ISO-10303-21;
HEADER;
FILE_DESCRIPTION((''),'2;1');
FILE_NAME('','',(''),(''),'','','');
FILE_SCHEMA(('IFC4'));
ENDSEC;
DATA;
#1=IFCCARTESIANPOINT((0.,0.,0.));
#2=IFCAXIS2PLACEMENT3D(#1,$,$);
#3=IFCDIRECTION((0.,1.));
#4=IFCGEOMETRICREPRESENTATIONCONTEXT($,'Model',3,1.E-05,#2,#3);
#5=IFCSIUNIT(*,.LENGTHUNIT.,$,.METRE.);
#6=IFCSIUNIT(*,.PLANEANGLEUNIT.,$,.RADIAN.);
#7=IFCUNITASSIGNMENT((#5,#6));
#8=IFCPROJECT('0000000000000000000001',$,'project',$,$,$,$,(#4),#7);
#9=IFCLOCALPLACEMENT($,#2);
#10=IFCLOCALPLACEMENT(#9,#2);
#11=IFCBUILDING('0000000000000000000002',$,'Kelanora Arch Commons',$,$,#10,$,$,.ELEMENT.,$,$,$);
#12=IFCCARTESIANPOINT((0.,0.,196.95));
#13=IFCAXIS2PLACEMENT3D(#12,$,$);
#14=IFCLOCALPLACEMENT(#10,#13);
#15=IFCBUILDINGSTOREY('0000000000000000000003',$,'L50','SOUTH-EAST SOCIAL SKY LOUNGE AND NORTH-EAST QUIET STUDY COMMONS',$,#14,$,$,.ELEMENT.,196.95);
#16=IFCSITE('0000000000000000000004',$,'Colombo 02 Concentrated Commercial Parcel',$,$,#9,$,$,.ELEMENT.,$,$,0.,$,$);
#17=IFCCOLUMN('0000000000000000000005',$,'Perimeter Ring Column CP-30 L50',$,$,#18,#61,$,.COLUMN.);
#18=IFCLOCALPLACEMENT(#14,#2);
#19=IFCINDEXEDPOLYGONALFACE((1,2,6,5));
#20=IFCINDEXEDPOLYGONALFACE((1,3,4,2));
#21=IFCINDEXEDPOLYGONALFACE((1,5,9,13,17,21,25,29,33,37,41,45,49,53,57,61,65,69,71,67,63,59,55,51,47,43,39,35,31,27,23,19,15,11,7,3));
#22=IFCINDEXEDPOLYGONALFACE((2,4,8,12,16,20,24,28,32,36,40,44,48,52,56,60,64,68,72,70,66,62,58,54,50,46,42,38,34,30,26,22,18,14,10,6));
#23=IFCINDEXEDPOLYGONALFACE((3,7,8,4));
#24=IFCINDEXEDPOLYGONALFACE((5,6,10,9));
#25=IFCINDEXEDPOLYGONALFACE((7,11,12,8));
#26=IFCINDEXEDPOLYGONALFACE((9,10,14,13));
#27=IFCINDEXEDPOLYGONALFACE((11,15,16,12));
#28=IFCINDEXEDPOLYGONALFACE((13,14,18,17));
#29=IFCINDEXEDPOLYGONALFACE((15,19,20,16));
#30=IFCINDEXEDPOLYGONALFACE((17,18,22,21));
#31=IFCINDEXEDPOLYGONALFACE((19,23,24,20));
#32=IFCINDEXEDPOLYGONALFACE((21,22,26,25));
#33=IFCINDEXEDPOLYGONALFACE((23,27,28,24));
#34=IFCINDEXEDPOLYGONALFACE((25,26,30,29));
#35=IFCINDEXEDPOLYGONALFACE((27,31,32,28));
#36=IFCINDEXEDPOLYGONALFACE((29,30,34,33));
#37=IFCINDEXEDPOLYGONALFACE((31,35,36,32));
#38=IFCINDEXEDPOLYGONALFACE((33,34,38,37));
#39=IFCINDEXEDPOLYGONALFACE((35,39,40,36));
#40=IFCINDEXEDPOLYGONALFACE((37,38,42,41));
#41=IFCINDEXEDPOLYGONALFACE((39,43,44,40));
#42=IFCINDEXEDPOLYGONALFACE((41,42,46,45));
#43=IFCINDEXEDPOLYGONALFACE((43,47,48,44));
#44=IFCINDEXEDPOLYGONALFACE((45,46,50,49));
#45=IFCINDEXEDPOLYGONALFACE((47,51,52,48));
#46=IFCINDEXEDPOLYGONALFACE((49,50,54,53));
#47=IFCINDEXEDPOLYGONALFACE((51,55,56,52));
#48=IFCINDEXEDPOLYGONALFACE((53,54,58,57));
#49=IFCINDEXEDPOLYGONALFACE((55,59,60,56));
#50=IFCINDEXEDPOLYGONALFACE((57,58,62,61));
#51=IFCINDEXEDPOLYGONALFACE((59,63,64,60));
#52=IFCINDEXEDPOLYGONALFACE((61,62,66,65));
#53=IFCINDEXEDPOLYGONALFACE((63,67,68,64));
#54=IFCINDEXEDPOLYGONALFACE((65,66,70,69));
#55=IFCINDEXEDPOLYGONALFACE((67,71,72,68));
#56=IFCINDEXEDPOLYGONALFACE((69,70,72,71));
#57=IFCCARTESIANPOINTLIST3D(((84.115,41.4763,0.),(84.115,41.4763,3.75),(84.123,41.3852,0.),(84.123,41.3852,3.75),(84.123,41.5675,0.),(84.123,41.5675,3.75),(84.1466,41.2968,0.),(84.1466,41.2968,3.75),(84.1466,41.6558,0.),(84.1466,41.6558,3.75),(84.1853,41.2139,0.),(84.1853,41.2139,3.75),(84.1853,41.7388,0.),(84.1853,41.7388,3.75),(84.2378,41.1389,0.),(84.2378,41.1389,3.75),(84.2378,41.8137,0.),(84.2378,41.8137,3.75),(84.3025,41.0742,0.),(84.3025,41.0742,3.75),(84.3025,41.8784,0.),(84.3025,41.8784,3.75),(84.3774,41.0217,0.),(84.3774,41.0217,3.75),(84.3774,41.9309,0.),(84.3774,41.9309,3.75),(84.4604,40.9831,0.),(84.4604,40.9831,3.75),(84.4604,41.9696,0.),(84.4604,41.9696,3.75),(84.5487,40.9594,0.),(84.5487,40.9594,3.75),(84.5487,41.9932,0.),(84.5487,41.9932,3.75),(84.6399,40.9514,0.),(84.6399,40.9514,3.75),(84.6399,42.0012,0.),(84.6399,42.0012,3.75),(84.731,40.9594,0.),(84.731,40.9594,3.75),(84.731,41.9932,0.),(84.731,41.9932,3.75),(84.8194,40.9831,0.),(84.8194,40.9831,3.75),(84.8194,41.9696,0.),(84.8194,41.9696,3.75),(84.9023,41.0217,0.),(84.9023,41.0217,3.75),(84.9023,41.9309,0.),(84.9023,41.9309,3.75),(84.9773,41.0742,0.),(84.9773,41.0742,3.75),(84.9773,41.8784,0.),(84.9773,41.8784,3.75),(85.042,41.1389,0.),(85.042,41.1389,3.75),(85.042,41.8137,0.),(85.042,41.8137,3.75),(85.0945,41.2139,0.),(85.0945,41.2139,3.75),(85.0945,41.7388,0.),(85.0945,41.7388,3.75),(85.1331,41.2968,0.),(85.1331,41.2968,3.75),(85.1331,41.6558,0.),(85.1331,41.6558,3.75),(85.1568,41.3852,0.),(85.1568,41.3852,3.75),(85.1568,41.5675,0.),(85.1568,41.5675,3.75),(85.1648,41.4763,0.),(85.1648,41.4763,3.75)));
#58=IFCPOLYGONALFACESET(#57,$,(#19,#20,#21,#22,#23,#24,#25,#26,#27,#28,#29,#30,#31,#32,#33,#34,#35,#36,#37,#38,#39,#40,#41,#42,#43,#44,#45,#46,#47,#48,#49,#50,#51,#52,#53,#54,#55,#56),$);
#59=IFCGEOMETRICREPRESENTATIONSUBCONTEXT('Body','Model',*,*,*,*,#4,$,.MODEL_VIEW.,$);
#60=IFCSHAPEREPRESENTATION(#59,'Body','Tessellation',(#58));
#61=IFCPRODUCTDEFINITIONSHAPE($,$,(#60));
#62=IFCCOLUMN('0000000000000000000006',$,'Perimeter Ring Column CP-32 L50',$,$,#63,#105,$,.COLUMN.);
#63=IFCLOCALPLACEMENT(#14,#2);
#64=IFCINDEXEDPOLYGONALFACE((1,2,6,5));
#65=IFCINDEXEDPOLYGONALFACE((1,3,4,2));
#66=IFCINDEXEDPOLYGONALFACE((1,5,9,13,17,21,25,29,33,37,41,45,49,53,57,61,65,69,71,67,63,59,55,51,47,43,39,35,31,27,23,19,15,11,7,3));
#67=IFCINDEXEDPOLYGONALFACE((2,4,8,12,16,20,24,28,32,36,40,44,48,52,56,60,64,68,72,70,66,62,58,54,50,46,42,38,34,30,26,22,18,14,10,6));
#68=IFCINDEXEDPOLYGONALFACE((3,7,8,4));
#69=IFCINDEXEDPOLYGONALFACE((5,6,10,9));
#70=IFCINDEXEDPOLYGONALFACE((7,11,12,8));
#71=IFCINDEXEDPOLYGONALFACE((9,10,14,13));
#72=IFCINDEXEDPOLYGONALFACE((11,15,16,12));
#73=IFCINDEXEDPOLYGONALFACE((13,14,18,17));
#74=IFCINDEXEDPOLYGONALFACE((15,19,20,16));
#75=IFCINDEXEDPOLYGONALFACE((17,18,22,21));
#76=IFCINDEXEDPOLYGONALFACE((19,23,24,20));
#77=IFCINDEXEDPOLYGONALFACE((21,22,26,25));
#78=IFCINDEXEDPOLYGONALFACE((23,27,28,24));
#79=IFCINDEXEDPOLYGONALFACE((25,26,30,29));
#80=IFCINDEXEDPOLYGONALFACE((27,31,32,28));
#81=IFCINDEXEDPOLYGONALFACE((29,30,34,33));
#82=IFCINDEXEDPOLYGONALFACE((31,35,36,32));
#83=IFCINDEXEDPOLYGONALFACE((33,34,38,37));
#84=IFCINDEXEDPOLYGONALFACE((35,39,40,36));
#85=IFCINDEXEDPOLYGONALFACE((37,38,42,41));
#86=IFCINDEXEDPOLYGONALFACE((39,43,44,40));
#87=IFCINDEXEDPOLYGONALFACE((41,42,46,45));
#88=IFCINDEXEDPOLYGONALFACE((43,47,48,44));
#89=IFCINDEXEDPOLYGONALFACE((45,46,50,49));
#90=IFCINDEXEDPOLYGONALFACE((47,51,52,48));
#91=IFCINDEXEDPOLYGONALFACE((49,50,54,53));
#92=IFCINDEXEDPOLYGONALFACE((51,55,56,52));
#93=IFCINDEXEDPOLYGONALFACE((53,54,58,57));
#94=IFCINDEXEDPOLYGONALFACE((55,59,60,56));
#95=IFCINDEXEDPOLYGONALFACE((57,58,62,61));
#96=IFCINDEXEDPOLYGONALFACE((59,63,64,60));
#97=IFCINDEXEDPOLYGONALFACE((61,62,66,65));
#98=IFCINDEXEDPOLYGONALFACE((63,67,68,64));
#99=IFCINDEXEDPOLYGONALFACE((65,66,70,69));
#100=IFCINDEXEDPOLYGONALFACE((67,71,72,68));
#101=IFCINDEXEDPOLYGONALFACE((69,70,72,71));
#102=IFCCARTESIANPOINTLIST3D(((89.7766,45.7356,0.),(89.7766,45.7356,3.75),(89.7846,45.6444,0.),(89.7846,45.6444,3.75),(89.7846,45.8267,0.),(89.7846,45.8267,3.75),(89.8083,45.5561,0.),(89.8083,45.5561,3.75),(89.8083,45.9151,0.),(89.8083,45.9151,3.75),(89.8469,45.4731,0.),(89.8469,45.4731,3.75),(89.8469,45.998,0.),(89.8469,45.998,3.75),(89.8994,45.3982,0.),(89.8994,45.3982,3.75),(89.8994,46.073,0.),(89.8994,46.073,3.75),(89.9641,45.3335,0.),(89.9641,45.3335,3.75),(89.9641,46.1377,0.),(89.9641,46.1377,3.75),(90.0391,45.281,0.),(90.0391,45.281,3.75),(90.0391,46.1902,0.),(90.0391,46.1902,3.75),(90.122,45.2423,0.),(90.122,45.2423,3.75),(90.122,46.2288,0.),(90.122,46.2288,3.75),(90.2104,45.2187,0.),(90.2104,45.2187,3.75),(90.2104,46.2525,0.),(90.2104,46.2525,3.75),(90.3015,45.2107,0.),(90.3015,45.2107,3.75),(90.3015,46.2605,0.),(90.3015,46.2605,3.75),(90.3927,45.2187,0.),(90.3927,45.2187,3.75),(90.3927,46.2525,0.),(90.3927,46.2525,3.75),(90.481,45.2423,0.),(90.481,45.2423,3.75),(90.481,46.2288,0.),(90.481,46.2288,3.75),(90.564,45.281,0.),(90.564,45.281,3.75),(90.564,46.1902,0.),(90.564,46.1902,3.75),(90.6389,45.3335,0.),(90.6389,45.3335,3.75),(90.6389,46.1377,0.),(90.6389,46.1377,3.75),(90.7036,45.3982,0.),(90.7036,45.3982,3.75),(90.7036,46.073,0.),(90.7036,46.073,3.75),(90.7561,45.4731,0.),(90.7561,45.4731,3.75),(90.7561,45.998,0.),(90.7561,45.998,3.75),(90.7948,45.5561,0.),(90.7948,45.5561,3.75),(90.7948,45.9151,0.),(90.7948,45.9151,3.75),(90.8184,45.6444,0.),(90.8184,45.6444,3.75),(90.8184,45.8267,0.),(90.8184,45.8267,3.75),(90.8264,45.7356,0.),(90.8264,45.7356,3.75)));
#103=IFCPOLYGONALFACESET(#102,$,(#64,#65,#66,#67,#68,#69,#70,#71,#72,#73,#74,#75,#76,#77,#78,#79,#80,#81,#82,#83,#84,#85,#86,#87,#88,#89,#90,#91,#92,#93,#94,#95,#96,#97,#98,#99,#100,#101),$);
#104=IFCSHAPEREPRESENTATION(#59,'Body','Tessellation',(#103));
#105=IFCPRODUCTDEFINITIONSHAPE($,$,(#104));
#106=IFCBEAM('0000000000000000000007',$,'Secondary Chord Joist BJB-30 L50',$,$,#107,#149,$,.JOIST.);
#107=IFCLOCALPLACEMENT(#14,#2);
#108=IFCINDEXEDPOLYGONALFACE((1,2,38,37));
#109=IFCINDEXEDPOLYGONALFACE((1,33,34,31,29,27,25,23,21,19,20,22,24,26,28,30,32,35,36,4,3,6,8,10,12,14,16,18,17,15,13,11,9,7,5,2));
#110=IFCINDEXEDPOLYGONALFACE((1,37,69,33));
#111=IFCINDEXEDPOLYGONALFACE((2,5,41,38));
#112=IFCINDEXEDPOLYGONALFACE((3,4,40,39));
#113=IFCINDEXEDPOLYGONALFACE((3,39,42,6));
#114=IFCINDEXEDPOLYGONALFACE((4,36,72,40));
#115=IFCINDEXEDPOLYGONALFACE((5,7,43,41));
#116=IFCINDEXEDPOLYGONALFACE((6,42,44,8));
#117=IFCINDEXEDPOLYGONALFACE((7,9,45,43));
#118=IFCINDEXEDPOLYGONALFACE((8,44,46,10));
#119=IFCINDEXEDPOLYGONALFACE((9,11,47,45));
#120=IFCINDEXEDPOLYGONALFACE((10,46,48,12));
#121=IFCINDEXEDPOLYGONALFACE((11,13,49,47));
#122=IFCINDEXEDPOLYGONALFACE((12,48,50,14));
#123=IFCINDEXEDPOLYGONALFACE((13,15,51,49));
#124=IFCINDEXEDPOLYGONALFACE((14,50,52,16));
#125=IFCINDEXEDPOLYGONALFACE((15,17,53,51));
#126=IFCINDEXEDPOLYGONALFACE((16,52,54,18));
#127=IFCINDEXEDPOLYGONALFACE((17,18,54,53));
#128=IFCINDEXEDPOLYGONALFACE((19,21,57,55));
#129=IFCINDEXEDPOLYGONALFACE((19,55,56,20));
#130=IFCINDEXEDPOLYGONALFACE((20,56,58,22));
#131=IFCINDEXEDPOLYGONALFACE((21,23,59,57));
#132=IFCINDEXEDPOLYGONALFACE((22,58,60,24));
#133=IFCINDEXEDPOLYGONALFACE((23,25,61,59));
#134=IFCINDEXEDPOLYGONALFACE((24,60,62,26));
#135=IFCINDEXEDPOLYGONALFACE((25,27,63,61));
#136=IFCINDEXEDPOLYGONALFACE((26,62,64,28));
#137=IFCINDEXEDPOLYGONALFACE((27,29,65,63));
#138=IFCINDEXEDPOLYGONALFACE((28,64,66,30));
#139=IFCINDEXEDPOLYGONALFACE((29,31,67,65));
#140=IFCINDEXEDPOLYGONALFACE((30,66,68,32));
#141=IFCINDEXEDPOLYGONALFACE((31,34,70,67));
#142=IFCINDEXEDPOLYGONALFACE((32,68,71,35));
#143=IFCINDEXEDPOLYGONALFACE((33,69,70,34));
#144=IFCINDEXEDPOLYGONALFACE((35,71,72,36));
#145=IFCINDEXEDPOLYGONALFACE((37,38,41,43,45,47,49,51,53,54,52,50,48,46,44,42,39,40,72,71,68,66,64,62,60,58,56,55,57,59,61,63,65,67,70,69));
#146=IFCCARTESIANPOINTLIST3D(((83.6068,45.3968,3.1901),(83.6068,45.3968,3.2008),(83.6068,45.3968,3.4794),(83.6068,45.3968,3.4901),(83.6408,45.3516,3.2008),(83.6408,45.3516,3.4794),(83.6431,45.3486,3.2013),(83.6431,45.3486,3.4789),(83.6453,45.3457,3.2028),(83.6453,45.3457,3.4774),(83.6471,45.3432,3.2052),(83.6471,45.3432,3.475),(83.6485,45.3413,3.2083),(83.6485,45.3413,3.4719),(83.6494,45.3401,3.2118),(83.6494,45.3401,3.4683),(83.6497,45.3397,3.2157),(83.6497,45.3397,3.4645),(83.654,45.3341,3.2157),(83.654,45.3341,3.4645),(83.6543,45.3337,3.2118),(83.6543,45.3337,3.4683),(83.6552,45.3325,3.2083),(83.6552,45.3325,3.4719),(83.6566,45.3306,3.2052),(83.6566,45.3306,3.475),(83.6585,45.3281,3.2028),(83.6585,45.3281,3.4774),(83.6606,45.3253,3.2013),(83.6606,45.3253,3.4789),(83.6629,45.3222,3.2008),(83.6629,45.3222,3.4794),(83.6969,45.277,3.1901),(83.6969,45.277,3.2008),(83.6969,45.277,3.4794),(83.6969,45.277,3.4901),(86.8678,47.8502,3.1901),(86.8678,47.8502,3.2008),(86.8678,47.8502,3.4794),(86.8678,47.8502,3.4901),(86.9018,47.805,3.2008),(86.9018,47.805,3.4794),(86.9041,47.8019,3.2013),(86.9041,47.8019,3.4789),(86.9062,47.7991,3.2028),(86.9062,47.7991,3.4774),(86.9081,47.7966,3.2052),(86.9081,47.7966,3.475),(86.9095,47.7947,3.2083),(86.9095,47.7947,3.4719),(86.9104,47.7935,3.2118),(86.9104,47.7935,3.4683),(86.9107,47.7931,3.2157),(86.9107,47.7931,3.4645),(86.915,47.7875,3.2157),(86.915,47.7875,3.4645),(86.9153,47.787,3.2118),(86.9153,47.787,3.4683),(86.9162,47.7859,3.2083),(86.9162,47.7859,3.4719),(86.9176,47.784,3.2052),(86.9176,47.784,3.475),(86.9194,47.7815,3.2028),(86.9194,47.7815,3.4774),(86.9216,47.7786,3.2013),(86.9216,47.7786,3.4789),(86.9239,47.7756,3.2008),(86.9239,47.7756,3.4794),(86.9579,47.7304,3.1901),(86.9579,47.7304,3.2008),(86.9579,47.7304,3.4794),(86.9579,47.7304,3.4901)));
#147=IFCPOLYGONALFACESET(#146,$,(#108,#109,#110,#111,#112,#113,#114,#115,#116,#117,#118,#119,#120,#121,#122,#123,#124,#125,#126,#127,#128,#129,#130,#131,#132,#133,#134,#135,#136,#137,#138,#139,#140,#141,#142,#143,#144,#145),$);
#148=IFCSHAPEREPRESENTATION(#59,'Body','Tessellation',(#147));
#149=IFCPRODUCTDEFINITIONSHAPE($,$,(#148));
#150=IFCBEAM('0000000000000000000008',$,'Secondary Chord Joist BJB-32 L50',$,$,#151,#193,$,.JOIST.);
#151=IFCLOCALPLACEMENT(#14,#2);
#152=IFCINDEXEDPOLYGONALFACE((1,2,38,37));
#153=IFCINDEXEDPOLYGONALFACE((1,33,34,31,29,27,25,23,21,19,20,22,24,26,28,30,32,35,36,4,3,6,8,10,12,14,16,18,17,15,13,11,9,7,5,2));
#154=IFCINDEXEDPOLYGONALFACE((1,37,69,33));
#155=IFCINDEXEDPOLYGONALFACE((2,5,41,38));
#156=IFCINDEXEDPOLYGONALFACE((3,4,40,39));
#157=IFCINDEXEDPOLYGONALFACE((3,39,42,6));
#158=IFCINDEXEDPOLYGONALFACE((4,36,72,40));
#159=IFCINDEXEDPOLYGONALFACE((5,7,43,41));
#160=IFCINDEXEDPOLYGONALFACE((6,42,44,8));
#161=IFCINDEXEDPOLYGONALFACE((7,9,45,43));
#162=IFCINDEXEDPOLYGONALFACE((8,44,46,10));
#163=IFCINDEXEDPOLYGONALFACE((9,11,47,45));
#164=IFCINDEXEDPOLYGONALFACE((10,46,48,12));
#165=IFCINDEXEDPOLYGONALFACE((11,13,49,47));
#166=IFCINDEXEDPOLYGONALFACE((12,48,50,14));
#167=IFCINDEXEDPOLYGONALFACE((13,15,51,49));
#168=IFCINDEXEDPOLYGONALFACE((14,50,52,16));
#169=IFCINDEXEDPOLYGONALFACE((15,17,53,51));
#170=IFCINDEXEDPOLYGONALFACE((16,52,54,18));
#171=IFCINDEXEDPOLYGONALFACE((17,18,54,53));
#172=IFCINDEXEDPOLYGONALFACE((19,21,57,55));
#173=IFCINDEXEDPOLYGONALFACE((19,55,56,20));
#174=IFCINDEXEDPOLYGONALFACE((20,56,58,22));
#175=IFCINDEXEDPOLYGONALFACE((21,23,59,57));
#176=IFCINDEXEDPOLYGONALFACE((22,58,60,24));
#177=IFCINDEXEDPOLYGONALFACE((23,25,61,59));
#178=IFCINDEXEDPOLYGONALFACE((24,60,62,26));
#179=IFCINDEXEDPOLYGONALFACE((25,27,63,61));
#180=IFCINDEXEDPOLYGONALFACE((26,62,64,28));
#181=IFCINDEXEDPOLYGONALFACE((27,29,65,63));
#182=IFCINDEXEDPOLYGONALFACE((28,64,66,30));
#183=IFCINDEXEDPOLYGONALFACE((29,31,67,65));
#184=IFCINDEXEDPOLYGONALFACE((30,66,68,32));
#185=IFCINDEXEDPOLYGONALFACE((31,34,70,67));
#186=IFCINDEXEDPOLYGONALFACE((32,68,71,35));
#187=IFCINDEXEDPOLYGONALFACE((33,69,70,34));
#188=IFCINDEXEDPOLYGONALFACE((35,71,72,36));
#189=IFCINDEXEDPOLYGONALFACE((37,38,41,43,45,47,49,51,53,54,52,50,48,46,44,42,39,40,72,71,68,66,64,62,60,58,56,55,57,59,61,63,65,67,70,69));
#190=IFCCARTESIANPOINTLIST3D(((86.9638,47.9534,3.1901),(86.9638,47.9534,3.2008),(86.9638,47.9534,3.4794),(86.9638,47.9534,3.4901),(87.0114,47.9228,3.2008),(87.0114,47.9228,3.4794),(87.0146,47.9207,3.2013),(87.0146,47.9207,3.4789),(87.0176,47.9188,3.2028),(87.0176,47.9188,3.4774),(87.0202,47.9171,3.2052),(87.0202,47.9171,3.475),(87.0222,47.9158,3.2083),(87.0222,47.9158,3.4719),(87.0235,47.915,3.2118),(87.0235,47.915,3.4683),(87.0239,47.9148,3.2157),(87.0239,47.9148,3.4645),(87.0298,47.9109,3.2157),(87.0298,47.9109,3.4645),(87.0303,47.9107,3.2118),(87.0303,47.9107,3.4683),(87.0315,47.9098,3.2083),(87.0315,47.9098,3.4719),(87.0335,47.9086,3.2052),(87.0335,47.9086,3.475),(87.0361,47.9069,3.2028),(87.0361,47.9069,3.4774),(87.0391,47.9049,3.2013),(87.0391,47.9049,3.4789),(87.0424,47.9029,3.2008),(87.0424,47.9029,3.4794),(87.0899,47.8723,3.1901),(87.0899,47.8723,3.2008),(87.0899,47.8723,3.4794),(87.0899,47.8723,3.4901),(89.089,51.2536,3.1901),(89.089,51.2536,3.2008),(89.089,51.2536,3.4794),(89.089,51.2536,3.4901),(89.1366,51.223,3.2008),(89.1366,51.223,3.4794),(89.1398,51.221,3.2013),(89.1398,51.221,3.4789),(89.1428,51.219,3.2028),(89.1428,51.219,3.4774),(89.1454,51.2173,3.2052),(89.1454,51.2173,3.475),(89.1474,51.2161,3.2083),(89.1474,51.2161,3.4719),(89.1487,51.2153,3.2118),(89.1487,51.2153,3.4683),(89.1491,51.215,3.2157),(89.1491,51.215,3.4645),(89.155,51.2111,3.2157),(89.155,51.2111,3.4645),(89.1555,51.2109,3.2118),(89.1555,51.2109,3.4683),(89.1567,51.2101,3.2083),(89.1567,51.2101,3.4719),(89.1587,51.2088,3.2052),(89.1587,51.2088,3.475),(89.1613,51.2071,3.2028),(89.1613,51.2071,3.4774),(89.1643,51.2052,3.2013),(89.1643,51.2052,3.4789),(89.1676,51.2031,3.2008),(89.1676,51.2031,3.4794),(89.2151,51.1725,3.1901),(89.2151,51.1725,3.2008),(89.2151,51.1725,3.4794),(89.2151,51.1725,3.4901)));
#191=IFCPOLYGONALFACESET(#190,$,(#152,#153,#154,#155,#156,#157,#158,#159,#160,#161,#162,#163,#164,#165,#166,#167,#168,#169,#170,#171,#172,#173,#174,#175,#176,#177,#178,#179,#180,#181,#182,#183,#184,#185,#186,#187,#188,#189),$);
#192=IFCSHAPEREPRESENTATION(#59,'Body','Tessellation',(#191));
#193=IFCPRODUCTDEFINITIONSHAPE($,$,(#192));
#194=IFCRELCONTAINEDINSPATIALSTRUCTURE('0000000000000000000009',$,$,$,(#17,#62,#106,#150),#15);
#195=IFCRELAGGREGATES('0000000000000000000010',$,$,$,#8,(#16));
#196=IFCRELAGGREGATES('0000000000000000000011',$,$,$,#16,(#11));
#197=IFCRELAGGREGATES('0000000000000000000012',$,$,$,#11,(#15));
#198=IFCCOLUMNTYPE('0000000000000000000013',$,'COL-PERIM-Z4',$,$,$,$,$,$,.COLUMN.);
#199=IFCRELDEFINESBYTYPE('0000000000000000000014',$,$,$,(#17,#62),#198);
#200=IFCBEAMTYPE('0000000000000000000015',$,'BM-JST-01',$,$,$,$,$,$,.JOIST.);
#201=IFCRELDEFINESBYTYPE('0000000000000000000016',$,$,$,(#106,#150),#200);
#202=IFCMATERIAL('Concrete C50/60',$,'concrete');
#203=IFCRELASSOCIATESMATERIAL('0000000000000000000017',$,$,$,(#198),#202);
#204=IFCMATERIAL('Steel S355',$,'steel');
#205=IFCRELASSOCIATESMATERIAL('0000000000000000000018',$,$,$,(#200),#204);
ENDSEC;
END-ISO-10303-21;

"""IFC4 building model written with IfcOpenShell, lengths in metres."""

from ifc_helpers import new_model, si_unit, direction, frame, origin, origin_2d, place, context, subcontext, project, spatial, circle, i_section, extrude, material, material_profile, profile_set, type_object, element, save


model = new_model("IFC4")

# Units and contexts
model_context = context("Model", 3, precision=1e-05, world=origin(), true_north=direction((0.0, 1.0)))
body_context = subcontext(model_context, "Body", "Model", "MODEL_VIEW")
ifc_project = project(units=[si_unit("LENGTHUNIT", "METRE"), si_unit("PLANEANGLEUNIT", "RADIAN")], contexts=[model_context])

# Site, building, storey
site_placement = place(None, origin())
site = spatial("IfcSite", under=ifc_project, at=site_placement, Name="Colombo 02 Concentrated Commercial Parcel", CompositionType="ELEMENT", RefElevation=0.0)
building_placement = place(site_placement, origin())
building = spatial("IfcBuilding", under=site, at=building_placement, Name="Kelanora Arch Commons", CompositionType="ELEMENT")
storey_placement = place(building_placement, frame((0.0, 0.0, 196.95)))
storey = spatial("IfcBuildingStorey", under=building, at=storey_placement, Name="L50", Description="SOUTH-EAST SOCIAL SKY LOUNGE AND NORTH-EAST QUIET STUDY COMMONS", CompositionType="ELEMENT", Elevation=196.95)

# Columns
ifc_material_1 = material(Name="Concrete C50/60", Category="concrete")
ifc_material_profile_1 = material_profile(ifc_material_1, circle(Radius=0.5249, at=origin_2d()), Name="RCC1050")
ifc_profile_set_1 = profile_set([ifc_material_profile_1], Name="Concrete C50/60")
column_type = type_object("IfcColumnType", Name="COL-PERIM-Z4", PredefinedType="COLUMN", material=ifc_profile_set_1)
for number, where, z_axis, x_axis, name in (
    (1, (84.6399, 41.4763, 0.0), (0.0, 0.0, 1.0), (1.0, 0.0, 0.0), "Perimeter Ring Column CP-30 L50"),
    (2, (90.3015, 45.7356, 0.0), (0.0, 0.0, 1.0), (1.0, 0.0, 0.0), "Perimeter Ring Column CP-32 L50"),
):
    element("IfcColumn", number, at=place(storey_placement, frame(where, z_axis=z_axis, x_axis=x_axis)), inside=storey, type_object=column_type, Name=name, PredefinedType="COLUMN", context=body_context, shape_type="SweptSolid", body=[
        extrude(circle(Radius=0.5249, at=origin_2d()), origin(), (0.0, 0.0, 1.0), 3.75),
    ])

# Beams
ifc_material_2 = material(Name="Steel S355", Category="steel")
ifc_material_profile_2 = material_profile(ifc_material_2, i_section(OverallWidth=0.1499, OverallDepth=0.3, WebThickness=0.0071, FlangeThickness=0.0107, FilletRadius=0.0149, at=origin_2d()), Name="IPE300")
ifc_profile_set_2 = profile_set([ifc_material_profile_2], Name="Steel S355")
beam_type_1 = type_object("IfcBeamType", Name="BM-JST-01", PredefinedType="JOIST", material=ifc_profile_set_2)
beam_1_placement = place(storey_placement, frame((83.6519, 45.3369, 3.3401), z_axis=(0.799102, 0.601196, 0.0), x_axis=(-0.601196, 0.799102, 0.0)))
element("IfcBeam", 3, at=beam_1_placement, inside=storey, type_object=beam_type_1, Name="Secondary Chord Joist BJB-30 L50", PredefinedType="JOIST", context=body_context, shape_type="SweptSolid", body=[
    extrude(i_section(OverallWidth=0.1499, OverallDepth=0.3, WebThickness=0.0071, FlangeThickness=0.0107, FilletRadius=0.0149, at=origin_2d()), origin(), (0.0, 0.0, 1.0), 4.0808),
])
beam_2_placement = place(storey_placement, frame((87.0269, 47.9128, 3.3401), z_axis=(0.541411, 0.840758, 0.0), x_axis=(-0.840758, 0.541411, 0.0)))
element("IfcBeam", 4, at=beam_2_placement, inside=storey, type_object=beam_type_1, Name="Secondary Chord Joist BJB-32 L50", PredefinedType="JOIST", context=body_context, shape_type="SweptSolid", body=[
    extrude(i_section(OverallWidth=0.1499, OverallDepth=0.3, WebThickness=0.0071, FlangeThickness=0.0107, FilletRadius=0.0149, at=origin_2d()), origin(), (0.0, 0.0, 1.0), 3.9253),
])

save(model, "model.ifc")
